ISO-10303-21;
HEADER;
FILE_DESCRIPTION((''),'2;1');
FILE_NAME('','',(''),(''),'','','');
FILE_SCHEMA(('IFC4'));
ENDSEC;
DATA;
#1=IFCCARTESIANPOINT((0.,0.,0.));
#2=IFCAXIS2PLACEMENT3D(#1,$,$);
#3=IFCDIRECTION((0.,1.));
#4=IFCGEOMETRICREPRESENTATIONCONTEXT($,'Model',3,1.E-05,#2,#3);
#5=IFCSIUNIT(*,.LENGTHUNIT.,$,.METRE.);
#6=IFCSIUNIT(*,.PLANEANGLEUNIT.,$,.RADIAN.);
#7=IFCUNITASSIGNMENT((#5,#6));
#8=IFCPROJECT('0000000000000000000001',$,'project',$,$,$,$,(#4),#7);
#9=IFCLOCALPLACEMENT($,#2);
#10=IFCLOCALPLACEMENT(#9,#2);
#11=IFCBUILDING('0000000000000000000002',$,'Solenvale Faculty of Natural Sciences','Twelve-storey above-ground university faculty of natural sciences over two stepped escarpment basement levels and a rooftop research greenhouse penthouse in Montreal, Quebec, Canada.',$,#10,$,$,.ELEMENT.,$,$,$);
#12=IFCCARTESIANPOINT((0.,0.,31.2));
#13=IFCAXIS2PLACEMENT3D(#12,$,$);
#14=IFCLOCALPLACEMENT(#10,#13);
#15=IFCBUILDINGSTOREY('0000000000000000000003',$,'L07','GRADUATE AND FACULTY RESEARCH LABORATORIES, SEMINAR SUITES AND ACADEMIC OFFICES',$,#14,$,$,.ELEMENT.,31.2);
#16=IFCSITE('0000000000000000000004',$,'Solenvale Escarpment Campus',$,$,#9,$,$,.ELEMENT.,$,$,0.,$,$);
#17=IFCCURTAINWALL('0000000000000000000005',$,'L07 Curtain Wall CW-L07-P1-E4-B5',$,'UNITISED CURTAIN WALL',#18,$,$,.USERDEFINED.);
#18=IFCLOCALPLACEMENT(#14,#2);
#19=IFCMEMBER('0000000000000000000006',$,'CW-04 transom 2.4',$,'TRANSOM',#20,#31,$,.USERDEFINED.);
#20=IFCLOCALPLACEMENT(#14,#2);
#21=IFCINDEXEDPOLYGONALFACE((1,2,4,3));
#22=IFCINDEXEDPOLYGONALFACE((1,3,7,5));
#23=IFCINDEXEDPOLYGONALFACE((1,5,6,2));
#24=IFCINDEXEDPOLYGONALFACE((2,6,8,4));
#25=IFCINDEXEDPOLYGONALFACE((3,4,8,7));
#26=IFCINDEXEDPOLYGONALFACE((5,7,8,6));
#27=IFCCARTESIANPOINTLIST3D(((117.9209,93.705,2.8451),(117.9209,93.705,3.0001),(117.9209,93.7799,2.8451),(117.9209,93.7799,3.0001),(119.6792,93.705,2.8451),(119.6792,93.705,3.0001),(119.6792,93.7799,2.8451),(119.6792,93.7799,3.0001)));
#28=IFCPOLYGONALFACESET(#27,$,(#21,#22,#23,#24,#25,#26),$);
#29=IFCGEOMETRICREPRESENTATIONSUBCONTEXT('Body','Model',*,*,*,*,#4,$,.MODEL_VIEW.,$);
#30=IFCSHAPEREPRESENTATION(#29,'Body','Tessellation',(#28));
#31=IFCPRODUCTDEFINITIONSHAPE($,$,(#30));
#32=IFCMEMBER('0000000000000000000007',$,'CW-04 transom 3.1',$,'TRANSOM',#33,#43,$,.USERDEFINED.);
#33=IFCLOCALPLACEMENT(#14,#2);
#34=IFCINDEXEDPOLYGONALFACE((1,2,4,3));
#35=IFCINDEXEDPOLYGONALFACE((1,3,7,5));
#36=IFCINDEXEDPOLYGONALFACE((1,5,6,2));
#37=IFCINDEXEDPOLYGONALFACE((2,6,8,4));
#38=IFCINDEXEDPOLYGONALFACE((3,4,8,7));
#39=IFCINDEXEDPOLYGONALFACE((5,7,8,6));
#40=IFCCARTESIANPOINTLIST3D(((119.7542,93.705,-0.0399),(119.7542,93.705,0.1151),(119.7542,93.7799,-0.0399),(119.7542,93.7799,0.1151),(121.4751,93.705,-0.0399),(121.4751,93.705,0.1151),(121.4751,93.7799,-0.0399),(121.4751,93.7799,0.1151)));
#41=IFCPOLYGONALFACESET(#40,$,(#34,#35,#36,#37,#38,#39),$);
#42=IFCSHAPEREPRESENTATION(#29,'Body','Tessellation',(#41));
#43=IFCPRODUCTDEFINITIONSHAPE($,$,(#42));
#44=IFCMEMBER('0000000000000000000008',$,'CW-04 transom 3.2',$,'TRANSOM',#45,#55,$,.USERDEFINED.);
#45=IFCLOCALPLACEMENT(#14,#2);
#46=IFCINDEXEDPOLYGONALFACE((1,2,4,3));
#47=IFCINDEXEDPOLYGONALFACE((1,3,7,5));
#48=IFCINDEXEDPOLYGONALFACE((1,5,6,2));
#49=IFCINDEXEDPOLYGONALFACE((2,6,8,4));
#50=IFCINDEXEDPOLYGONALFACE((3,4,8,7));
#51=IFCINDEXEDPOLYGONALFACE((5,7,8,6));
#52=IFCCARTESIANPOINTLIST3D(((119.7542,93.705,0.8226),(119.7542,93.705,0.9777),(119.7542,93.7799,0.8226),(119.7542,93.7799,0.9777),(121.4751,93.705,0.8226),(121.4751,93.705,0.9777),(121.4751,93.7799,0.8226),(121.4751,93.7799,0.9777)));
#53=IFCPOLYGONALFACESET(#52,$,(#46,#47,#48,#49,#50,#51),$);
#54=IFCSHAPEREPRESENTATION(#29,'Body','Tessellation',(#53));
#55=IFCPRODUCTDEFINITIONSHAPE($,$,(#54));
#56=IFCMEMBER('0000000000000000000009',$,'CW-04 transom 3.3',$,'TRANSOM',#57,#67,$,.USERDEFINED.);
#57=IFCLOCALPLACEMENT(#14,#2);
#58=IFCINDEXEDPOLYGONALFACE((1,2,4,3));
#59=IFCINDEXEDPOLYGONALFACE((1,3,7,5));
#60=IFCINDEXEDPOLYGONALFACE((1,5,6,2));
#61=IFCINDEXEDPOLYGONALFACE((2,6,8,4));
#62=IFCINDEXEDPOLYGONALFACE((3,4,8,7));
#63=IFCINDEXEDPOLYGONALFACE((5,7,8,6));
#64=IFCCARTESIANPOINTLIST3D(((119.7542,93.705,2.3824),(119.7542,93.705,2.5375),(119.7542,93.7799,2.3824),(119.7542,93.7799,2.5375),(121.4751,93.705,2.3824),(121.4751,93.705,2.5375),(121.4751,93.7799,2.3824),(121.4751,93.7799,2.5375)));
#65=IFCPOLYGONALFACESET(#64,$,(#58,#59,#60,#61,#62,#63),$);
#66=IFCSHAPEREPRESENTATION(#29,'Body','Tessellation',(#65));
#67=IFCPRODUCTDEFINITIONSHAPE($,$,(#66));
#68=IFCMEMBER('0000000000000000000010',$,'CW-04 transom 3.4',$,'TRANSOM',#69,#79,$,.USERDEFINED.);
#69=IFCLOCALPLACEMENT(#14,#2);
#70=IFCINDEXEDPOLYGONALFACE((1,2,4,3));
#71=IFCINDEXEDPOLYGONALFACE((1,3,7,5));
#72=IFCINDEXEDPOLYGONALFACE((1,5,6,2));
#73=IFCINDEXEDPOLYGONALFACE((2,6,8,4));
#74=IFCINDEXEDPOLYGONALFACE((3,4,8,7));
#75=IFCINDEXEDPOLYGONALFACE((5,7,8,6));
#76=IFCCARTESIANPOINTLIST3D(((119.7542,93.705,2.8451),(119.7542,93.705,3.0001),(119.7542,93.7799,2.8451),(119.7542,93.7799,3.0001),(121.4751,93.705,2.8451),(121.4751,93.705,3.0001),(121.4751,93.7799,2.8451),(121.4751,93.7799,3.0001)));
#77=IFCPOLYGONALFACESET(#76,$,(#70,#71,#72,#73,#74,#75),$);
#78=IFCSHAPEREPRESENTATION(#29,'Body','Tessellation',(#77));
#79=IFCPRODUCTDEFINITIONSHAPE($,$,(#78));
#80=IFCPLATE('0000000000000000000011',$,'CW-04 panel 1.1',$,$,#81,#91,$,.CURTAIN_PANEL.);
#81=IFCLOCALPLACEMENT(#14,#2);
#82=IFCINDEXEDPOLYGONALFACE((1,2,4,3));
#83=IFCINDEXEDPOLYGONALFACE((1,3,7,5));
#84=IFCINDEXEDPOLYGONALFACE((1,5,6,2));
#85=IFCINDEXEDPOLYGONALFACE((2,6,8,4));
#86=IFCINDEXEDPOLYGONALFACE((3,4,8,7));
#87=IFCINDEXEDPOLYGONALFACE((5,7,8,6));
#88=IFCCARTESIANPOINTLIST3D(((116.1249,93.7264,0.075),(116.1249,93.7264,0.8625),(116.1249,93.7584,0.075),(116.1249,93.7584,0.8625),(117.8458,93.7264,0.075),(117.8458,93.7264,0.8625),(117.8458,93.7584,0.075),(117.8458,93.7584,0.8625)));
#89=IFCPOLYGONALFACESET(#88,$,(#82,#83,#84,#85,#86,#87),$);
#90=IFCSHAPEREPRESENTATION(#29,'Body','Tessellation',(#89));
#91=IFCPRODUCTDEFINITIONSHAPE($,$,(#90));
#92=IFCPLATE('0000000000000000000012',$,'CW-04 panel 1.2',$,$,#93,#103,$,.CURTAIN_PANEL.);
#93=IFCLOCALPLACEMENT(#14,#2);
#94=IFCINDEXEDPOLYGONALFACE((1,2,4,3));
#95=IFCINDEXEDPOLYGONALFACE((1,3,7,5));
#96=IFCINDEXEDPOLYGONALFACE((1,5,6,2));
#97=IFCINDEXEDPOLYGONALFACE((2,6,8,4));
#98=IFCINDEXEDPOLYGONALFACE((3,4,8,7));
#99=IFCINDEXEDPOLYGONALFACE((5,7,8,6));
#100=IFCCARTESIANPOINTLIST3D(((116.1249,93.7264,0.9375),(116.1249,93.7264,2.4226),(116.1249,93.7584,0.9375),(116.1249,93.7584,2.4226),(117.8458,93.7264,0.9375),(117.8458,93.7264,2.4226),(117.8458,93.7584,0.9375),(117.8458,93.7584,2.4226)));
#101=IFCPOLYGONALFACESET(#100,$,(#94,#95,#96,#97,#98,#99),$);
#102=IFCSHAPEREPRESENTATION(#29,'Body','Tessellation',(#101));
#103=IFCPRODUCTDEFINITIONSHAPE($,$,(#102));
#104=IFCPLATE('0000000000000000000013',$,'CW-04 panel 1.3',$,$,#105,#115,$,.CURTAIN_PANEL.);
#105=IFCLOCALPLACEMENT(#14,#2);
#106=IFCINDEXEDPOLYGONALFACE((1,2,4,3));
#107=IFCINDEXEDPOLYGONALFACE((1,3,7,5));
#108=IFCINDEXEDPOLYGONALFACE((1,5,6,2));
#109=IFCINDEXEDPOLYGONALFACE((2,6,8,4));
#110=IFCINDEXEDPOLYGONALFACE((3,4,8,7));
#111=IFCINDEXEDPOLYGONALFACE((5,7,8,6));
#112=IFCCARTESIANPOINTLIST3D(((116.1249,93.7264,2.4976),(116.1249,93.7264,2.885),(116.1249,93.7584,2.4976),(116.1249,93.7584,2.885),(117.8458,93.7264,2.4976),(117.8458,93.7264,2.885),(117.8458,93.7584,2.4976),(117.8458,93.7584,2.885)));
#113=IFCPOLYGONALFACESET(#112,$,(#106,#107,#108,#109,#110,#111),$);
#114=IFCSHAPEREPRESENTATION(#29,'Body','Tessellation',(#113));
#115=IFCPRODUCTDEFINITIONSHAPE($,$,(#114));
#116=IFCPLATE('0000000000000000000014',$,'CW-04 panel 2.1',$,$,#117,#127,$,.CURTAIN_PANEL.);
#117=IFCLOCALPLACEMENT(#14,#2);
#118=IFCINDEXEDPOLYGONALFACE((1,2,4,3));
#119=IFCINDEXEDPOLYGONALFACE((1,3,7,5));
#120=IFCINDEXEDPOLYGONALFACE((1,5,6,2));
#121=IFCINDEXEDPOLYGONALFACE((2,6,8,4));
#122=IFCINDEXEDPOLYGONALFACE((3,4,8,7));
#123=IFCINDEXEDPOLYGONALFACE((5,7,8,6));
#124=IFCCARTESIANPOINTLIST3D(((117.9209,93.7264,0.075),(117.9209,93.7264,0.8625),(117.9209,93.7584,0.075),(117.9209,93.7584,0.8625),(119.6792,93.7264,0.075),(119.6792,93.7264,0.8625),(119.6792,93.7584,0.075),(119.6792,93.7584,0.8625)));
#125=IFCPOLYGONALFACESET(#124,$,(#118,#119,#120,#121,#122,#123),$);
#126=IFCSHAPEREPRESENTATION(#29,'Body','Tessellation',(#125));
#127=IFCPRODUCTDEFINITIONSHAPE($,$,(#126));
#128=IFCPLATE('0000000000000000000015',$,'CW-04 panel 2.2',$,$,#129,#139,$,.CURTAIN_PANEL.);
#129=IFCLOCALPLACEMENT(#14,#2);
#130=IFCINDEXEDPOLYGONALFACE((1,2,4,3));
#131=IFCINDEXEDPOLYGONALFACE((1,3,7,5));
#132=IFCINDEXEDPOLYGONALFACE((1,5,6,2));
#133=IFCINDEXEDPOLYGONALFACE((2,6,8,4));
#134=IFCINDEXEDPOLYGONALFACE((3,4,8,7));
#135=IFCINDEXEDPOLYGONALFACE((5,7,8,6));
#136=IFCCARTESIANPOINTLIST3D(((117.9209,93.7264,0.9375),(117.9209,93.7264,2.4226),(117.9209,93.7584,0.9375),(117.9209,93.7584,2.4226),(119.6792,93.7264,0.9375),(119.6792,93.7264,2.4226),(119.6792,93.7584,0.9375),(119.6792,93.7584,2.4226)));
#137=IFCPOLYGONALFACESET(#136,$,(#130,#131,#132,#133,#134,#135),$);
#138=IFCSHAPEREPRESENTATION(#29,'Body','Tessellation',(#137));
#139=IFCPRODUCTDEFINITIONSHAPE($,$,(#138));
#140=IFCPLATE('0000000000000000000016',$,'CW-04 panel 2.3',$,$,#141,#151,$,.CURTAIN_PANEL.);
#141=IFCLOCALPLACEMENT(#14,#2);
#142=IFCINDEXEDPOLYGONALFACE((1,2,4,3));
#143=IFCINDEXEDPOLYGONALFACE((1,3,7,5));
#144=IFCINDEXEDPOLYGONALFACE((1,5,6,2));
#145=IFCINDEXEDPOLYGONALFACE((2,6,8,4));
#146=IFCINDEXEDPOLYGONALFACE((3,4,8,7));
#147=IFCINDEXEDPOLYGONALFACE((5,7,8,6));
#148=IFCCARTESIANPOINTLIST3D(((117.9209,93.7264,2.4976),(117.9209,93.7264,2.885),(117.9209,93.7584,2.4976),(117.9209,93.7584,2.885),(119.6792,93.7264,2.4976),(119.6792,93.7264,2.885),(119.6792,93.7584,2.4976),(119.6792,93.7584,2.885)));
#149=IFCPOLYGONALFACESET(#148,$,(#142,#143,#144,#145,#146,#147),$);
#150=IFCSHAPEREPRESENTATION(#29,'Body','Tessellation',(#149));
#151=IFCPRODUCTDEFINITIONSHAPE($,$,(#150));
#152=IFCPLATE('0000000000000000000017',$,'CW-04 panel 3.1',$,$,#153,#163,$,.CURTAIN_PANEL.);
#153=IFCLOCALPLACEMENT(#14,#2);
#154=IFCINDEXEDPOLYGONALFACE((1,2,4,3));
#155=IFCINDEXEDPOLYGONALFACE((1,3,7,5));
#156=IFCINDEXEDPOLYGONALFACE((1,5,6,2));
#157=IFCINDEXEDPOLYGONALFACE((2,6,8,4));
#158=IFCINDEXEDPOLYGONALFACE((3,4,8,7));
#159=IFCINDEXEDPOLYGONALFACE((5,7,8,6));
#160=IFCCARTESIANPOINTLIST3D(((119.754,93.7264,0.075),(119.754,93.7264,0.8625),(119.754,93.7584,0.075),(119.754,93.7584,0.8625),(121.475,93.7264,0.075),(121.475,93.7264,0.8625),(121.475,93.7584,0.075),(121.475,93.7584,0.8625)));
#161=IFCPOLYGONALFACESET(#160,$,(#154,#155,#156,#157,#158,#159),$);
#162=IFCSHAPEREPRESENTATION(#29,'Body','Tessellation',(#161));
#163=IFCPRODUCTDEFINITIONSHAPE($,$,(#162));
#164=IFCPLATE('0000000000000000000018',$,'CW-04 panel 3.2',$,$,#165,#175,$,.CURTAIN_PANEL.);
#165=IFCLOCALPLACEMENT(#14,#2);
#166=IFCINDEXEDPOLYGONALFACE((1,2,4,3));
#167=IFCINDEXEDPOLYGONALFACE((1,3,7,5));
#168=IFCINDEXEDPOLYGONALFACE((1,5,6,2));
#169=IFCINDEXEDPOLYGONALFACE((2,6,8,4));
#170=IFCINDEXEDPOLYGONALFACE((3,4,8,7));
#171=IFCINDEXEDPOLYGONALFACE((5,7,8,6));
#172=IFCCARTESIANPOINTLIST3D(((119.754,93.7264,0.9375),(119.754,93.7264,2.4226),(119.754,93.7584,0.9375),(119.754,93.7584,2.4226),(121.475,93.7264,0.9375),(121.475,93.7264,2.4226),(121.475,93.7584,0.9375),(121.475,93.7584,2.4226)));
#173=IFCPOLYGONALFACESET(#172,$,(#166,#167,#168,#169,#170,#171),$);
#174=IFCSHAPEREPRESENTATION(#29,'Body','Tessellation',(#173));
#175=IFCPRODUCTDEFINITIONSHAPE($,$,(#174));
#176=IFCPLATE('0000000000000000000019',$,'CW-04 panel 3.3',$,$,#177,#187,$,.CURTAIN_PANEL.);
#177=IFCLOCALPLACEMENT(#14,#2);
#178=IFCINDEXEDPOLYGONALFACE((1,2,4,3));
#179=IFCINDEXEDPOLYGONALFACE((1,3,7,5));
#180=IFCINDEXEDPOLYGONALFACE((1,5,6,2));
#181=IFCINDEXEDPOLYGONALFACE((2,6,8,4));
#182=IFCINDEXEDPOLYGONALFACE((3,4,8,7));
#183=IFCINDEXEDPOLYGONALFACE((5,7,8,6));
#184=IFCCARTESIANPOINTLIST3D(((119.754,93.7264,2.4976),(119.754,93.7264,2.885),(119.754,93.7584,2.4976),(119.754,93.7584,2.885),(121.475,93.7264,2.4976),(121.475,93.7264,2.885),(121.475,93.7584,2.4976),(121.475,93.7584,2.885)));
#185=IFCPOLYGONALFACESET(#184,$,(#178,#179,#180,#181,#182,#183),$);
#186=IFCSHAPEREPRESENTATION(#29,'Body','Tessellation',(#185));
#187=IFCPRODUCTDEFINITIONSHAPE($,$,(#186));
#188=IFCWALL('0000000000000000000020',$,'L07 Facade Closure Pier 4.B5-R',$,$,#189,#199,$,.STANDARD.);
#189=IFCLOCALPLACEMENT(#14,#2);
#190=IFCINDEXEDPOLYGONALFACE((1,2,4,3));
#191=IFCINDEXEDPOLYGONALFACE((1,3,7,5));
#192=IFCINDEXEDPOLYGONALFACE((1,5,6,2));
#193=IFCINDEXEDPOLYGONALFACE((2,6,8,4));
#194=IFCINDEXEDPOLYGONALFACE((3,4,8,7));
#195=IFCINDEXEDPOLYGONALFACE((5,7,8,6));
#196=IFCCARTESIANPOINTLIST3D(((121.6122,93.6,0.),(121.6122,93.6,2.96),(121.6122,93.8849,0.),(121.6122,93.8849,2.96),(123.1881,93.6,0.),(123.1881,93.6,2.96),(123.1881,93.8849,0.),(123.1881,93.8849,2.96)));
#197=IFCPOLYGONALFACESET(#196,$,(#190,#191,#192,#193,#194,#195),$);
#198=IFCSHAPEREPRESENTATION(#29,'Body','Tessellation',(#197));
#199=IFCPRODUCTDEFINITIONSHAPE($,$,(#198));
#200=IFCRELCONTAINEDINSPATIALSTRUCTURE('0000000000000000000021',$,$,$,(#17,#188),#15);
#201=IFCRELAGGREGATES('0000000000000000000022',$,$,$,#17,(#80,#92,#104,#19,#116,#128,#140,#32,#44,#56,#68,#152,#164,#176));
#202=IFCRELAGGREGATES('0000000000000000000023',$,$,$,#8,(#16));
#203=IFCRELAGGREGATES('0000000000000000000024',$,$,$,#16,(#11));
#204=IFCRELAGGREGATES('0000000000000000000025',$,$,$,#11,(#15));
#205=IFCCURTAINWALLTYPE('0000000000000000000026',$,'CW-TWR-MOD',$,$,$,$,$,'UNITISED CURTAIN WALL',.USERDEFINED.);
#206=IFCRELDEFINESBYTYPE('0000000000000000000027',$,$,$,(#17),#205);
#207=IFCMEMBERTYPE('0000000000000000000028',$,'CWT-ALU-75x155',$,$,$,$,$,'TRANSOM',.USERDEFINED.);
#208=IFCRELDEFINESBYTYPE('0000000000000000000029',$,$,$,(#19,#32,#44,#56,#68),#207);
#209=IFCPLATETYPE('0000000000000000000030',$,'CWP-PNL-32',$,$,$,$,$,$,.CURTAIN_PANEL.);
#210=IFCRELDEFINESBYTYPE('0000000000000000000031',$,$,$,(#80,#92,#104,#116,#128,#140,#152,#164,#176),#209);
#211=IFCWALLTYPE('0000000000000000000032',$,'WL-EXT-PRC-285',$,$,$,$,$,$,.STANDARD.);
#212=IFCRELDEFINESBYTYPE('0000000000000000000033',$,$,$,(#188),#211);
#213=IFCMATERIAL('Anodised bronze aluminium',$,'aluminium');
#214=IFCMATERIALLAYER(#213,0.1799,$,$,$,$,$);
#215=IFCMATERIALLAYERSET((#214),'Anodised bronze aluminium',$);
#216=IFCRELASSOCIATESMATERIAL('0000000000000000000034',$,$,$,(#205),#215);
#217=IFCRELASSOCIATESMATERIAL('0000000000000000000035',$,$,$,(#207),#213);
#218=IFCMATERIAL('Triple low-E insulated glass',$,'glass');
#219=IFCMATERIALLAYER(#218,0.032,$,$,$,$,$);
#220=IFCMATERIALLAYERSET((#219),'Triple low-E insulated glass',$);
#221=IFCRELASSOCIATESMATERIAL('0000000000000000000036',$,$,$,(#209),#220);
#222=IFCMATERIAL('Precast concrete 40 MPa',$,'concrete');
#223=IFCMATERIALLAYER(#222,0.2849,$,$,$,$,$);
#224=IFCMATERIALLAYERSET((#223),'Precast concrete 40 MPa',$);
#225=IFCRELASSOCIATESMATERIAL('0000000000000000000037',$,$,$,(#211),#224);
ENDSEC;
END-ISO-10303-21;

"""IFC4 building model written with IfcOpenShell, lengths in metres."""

from ifc_helpers import new_model, si_unit, direction, frame, frame_2d, origin, origin_2d, place, context, subcontext, project, spatial, rectangle, extrude, material, layer, layer_set, material_profile, profile_set, type_object, element, aggregate, save


model = new_model("IFC4")

# Units and contexts
model_context = context("Model", 3, precision=1e-05, world=origin(), true_north=direction((0.0, 1.0)))
body_context = subcontext(model_context, "Body", "Model", "MODEL_VIEW")
ifc_project = project(units=[si_unit("LENGTHUNIT", "METRE"), si_unit("PLANEANGLEUNIT", "RADIAN")], contexts=[model_context])

# Site, building, storey
site_placement = place(None, origin())
site = spatial("IfcSite", under=ifc_project, at=site_placement, Name="Solenvale Escarpment Campus", CompositionType="ELEMENT", RefElevation=0.0)
building_placement = place(site_placement, origin())
building = spatial("IfcBuilding", under=site, at=building_placement, Name="Solenvale Faculty of Natural Sciences", Description="Twelve-storey above-ground university faculty of natural sciences over two stepped escarpment basement levels and a rooftop research greenhouse penthouse in Montreal, Quebec, Canada.", CompositionType="ELEMENT")
storey_placement = place(building_placement, frame((0.0, 0.0, 31.2)))
storey = spatial("IfcBuildingStorey", under=building, at=storey_placement, Name="L07", Description="GRADUATE AND FACULTY RESEARCH LABORATORIES, SEMINAR SUITES AND ACADEMIC OFFICES", CompositionType="ELEMENT", Elevation=31.2)

# Curtain wall, members, plates
ifc_material_1 = material(Name="Anodised bronze aluminium", Category="aluminium")
ifc_layer_1 = layer(ifc_material_1, 0.1799)
ifc_layer_set_1 = layer_set([ifc_layer_1], Name="Anodised bronze aluminium")
curtain_wall_type = type_object("IfcCurtainWallType", Name="CW-TWR-MOD", ElementType="UNITISED CURTAIN WALL", PredefinedType="USERDEFINED", material=ifc_layer_set_1)
curtain_wall_placement = place(storey_placement, origin())
curtain_wall = element("IfcCurtainWall", 1, at=curtain_wall_placement, inside=storey, type_object=curtain_wall_type, Name="L07 Curtain Wall CW-L07-P1-E4-B5", ObjectType="UNITISED CURTAIN WALL", PredefinedType="USERDEFINED")
ifc_material_profile_1 = material_profile(ifc_material_1, rectangle(XDim=0.075, YDim=0.155, at=origin_2d()), Name="ALU-TRN-75x155")
ifc_profile_set_1 = profile_set([ifc_material_profile_1], Name="Anodised bronze aluminium")
member_type_1 = type_object("IfcMemberType", Name="CWT-ALU-75x155", ElementType="TRANSOM", PredefinedType="USERDEFINED", material=ifc_profile_set_1)
member_1_placement = place(storey_placement, frame((117.9209, 93.7424, 2.9226), z_axis=(1.0, 0.0, 0.0), x_axis=(0.0, 1.0, 0.0)))
member_1 = element("IfcMember", 2, at=member_1_placement, type_object=member_type_1, Name="CW-04 transom 2.4", ObjectType="TRANSOM", PredefinedType="USERDEFINED", context=body_context, shape_type="SweptSolid", body=[
    extrude(rectangle(XDim=0.075, YDim=0.155, at=origin_2d()), origin(), (0.0, 0.0, 1.0), 1.7583),
])
member_2_placement = place(storey_placement, frame((119.7542, 93.7424, 0.0376), z_axis=(1.0, 0.0, 0.0), x_axis=(0.0, 1.0, 0.0)))
member_2 = element("IfcMember", 3, at=member_2_placement, type_object=member_type_1, Name="CW-04 transom 3.1", ObjectType="TRANSOM", PredefinedType="USERDEFINED", context=body_context, shape_type="SweptSolid", body=[
    extrude(rectangle(XDim=0.075, YDim=0.155, at=origin_2d()), origin(), (0.0, 0.0, 1.0), 1.7209),
])
member_3_placement = place(storey_placement, frame((119.7542, 93.7424, 0.9001), z_axis=(1.0, 0.0, 0.0), x_axis=(0.0, 1.0, 0.0)))
member_3 = element("IfcMember", 4, at=member_3_placement, type_object=member_type_1, Name="CW-04 transom 3.2", ObjectType="TRANSOM", PredefinedType="USERDEFINED", context=body_context, shape_type="SweptSolid", body=[
    extrude(rectangle(XDim=0.075, YDim=0.155, at=origin_2d()), origin(), (0.0, 0.0, 1.0), 1.7209),
])
member_4_placement = place(storey_placement, frame((119.7542, 93.7424, 2.46), z_axis=(1.0, 0.0, 0.0), x_axis=(0.0, 1.0, 0.0)))
member_4 = element("IfcMember", 5, at=member_4_placement, type_object=member_type_1, Name="CW-04 transom 3.3", ObjectType="TRANSOM", PredefinedType="USERDEFINED", context=body_context, shape_type="SweptSolid", body=[
    extrude(rectangle(XDim=0.075, YDim=0.155, at=origin_2d()), origin(), (0.0, 0.0, 1.0), 1.7209),
])
member_5_placement = place(storey_placement, frame((119.7542, 93.7424, 2.9226), z_axis=(1.0, 0.0, 0.0), x_axis=(0.0, 1.0, 0.0)))
member_5 = element("IfcMember", 6, at=member_5_placement, type_object=member_type_1, Name="CW-04 transom 3.4", ObjectType="TRANSOM", PredefinedType="USERDEFINED", context=body_context, shape_type="SweptSolid", body=[
    extrude(rectangle(XDim=0.075, YDim=0.155, at=origin_2d()), origin(), (0.0, 0.0, 1.0), 1.7209),
])
ifc_material_2 = material(Name="Triple low-E insulated glass", Category="glass")
ifc_layer_2 = layer(ifc_material_2, 0.032)
ifc_layer_set_2 = layer_set([ifc_layer_2], Name="Triple low-E insulated glass")
plate_type = type_object("IfcPlateType", Name="CWP-PNL-32", PredefinedType="CURTAIN_PANEL", material=ifc_layer_set_2)
plate_1_placement = place(storey_placement, frame((116.9854, 93.7424, 0.075), z_axis=(0.0, 0.0, 1.0), x_axis=(1.0, 0.0, 0.0)))
plate_1 = element("IfcPlate", 7, at=plate_1_placement, type_object=plate_type, Name="CW-04 panel 1.1", PredefinedType="CURTAIN_PANEL", context=body_context, shape_type="SweptSolid", body=[
    extrude(rectangle(XDim=1.7209, YDim=0.032, at=origin_2d()), origin(), (0.0, 0.0, 1.0), 0.7876),
])
plate_2_placement = place(storey_placement, frame((116.9854, 93.7424, 0.9375), z_axis=(0.0, 0.0, 1.0), x_axis=(1.0, 0.0, 0.0)))
plate_2 = element("IfcPlate", 8, at=plate_2_placement, type_object=plate_type, Name="CW-04 panel 1.2", PredefinedType="CURTAIN_PANEL", context=body_context, shape_type="SweptSolid", body=[
    extrude(rectangle(XDim=1.7209, YDim=0.032, at=origin_2d()), origin(), (0.0, 0.0, 1.0), 1.4851),
])
plate_3_placement = place(storey_placement, frame((116.9854, 93.7424, 2.4976), z_axis=(0.0, 0.0, 1.0), x_axis=(1.0, 0.0, 0.0)))
plate_3 = element("IfcPlate", 9, at=plate_3_placement, type_object=plate_type, Name="CW-04 panel 1.3", PredefinedType="CURTAIN_PANEL", context=body_context, shape_type="SweptSolid", body=[
    extrude(rectangle(XDim=1.7209, YDim=0.032, at=origin_2d()), origin(), (0.0, 0.0, 1.0), 0.3875),
])
plate_4_placement = place(storey_placement, frame((118.8, 93.7424, 0.075), z_axis=(0.0, 0.0, 1.0), x_axis=(1.0, 0.0, 0.0)))
plate_4 = element("IfcPlate", 10, at=plate_4_placement, type_object=plate_type, Name="CW-04 panel 2.1", PredefinedType="CURTAIN_PANEL", context=body_context, shape_type="SweptSolid", body=[
    extrude(rectangle(XDim=1.7583, YDim=0.032, at=origin_2d()), origin(), (0.0, 0.0, 1.0), 0.7876),
])
plate_5_placement = place(storey_placement, frame((118.8, 93.7424, 0.9375), z_axis=(0.0, 0.0, 1.0), x_axis=(1.0, 0.0, 0.0)))
plate_5 = element("IfcPlate", 11, at=plate_5_placement, type_object=plate_type, Name="CW-04 panel 2.2", PredefinedType="CURTAIN_PANEL", context=body_context, shape_type="SweptSolid", body=[
    extrude(rectangle(XDim=1.7583, YDim=0.032, at=origin_2d()), origin(), (0.0, 0.0, 1.0), 1.4851),
])
plate_6_placement = place(storey_placement, frame((118.8, 93.7424, 2.4976), z_axis=(0.0, 0.0, 1.0), x_axis=(1.0, 0.0, 0.0)))
plate_6 = element("IfcPlate", 12, at=plate_6_placement, type_object=plate_type, Name="CW-04 panel 2.3", PredefinedType="CURTAIN_PANEL", context=body_context, shape_type="SweptSolid", body=[
    extrude(rectangle(XDim=1.7583, YDim=0.032, at=origin_2d()), origin(), (0.0, 0.0, 1.0), 0.3875),
])
plate_7_placement = place(storey_placement, frame((120.6145, 93.7424, 0.075), z_axis=(0.0, 0.0, 1.0), x_axis=(1.0, 0.0, 0.0)))
plate_7 = element("IfcPlate", 13, at=plate_7_placement, type_object=plate_type, Name="CW-04 panel 3.1", PredefinedType="CURTAIN_PANEL", context=body_context, shape_type="SweptSolid", body=[
    extrude(rectangle(XDim=1.7209, YDim=0.032, at=origin_2d()), origin(), (0.0, 0.0, 1.0), 0.7876),
])
plate_8_placement = place(storey_placement, frame((120.6145, 93.7424, 0.9375), z_axis=(0.0, 0.0, 1.0), x_axis=(1.0, 0.0, 0.0)))
plate_8 = element("IfcPlate", 14, at=plate_8_placement, type_object=plate_type, Name="CW-04 panel 3.2", PredefinedType="CURTAIN_PANEL", context=body_context, shape_type="SweptSolid", body=[
    extrude(rectangle(XDim=1.7209, YDim=0.032, at=origin_2d()), origin(), (0.0, 0.0, 1.0), 1.4851),
])
plate_9_placement = place(storey_placement, frame((120.6145, 93.7424, 2.4976), z_axis=(0.0, 0.0, 1.0), x_axis=(1.0, 0.0, 0.0)))
plate_9 = element("IfcPlate", 15, at=plate_9_placement, type_object=plate_type, Name="CW-04 panel 3.3", PredefinedType="CURTAIN_PANEL", context=body_context, shape_type="SweptSolid", body=[
    extrude(rectangle(XDim=1.7209, YDim=0.032, at=origin_2d()), origin(), (0.0, 0.0, 1.0), 0.3875),
])
aggregate(curtain_wall, [plate_1, plate_2, plate_3, member_1, plate_4, plate_5, plate_6, member_2, member_3, member_4, member_5, plate_7, plate_8, plate_9])

# Wall
ifc_material_3 = material(Name="Precast concrete 40 MPa", Category="concrete")
ifc_layer_3 = layer(ifc_material_3, 0.2849)
ifc_layer_set_3 = layer_set([ifc_layer_3], Name="Precast concrete 40 MPa")
wall_type = type_object("IfcWallType", Name="WL-EXT-PRC-285", PredefinedType="STANDARD", material=ifc_layer_set_3)
wall_placement = place(storey_placement, frame((121.6121, 93.7424, 0.0), z_axis=(0.0, 0.0, 1.0), x_axis=(1.0, 0.0, 0.0)))
element("IfcWall", 16, at=wall_placement, inside=storey, type_object=wall_type, Name="L07 Facade Closure Pier 4.B5-R", PredefinedType="STANDARD", context=body_context, shape_type="SweptSolid", body=[
    extrude(rectangle(XDim=1.5759, YDim=0.2849, at=frame_2d((0.7881, 0.0))), origin(), (0.0, 0.0, 1.0), 2.96),
])

save(model, "model.ifc")
